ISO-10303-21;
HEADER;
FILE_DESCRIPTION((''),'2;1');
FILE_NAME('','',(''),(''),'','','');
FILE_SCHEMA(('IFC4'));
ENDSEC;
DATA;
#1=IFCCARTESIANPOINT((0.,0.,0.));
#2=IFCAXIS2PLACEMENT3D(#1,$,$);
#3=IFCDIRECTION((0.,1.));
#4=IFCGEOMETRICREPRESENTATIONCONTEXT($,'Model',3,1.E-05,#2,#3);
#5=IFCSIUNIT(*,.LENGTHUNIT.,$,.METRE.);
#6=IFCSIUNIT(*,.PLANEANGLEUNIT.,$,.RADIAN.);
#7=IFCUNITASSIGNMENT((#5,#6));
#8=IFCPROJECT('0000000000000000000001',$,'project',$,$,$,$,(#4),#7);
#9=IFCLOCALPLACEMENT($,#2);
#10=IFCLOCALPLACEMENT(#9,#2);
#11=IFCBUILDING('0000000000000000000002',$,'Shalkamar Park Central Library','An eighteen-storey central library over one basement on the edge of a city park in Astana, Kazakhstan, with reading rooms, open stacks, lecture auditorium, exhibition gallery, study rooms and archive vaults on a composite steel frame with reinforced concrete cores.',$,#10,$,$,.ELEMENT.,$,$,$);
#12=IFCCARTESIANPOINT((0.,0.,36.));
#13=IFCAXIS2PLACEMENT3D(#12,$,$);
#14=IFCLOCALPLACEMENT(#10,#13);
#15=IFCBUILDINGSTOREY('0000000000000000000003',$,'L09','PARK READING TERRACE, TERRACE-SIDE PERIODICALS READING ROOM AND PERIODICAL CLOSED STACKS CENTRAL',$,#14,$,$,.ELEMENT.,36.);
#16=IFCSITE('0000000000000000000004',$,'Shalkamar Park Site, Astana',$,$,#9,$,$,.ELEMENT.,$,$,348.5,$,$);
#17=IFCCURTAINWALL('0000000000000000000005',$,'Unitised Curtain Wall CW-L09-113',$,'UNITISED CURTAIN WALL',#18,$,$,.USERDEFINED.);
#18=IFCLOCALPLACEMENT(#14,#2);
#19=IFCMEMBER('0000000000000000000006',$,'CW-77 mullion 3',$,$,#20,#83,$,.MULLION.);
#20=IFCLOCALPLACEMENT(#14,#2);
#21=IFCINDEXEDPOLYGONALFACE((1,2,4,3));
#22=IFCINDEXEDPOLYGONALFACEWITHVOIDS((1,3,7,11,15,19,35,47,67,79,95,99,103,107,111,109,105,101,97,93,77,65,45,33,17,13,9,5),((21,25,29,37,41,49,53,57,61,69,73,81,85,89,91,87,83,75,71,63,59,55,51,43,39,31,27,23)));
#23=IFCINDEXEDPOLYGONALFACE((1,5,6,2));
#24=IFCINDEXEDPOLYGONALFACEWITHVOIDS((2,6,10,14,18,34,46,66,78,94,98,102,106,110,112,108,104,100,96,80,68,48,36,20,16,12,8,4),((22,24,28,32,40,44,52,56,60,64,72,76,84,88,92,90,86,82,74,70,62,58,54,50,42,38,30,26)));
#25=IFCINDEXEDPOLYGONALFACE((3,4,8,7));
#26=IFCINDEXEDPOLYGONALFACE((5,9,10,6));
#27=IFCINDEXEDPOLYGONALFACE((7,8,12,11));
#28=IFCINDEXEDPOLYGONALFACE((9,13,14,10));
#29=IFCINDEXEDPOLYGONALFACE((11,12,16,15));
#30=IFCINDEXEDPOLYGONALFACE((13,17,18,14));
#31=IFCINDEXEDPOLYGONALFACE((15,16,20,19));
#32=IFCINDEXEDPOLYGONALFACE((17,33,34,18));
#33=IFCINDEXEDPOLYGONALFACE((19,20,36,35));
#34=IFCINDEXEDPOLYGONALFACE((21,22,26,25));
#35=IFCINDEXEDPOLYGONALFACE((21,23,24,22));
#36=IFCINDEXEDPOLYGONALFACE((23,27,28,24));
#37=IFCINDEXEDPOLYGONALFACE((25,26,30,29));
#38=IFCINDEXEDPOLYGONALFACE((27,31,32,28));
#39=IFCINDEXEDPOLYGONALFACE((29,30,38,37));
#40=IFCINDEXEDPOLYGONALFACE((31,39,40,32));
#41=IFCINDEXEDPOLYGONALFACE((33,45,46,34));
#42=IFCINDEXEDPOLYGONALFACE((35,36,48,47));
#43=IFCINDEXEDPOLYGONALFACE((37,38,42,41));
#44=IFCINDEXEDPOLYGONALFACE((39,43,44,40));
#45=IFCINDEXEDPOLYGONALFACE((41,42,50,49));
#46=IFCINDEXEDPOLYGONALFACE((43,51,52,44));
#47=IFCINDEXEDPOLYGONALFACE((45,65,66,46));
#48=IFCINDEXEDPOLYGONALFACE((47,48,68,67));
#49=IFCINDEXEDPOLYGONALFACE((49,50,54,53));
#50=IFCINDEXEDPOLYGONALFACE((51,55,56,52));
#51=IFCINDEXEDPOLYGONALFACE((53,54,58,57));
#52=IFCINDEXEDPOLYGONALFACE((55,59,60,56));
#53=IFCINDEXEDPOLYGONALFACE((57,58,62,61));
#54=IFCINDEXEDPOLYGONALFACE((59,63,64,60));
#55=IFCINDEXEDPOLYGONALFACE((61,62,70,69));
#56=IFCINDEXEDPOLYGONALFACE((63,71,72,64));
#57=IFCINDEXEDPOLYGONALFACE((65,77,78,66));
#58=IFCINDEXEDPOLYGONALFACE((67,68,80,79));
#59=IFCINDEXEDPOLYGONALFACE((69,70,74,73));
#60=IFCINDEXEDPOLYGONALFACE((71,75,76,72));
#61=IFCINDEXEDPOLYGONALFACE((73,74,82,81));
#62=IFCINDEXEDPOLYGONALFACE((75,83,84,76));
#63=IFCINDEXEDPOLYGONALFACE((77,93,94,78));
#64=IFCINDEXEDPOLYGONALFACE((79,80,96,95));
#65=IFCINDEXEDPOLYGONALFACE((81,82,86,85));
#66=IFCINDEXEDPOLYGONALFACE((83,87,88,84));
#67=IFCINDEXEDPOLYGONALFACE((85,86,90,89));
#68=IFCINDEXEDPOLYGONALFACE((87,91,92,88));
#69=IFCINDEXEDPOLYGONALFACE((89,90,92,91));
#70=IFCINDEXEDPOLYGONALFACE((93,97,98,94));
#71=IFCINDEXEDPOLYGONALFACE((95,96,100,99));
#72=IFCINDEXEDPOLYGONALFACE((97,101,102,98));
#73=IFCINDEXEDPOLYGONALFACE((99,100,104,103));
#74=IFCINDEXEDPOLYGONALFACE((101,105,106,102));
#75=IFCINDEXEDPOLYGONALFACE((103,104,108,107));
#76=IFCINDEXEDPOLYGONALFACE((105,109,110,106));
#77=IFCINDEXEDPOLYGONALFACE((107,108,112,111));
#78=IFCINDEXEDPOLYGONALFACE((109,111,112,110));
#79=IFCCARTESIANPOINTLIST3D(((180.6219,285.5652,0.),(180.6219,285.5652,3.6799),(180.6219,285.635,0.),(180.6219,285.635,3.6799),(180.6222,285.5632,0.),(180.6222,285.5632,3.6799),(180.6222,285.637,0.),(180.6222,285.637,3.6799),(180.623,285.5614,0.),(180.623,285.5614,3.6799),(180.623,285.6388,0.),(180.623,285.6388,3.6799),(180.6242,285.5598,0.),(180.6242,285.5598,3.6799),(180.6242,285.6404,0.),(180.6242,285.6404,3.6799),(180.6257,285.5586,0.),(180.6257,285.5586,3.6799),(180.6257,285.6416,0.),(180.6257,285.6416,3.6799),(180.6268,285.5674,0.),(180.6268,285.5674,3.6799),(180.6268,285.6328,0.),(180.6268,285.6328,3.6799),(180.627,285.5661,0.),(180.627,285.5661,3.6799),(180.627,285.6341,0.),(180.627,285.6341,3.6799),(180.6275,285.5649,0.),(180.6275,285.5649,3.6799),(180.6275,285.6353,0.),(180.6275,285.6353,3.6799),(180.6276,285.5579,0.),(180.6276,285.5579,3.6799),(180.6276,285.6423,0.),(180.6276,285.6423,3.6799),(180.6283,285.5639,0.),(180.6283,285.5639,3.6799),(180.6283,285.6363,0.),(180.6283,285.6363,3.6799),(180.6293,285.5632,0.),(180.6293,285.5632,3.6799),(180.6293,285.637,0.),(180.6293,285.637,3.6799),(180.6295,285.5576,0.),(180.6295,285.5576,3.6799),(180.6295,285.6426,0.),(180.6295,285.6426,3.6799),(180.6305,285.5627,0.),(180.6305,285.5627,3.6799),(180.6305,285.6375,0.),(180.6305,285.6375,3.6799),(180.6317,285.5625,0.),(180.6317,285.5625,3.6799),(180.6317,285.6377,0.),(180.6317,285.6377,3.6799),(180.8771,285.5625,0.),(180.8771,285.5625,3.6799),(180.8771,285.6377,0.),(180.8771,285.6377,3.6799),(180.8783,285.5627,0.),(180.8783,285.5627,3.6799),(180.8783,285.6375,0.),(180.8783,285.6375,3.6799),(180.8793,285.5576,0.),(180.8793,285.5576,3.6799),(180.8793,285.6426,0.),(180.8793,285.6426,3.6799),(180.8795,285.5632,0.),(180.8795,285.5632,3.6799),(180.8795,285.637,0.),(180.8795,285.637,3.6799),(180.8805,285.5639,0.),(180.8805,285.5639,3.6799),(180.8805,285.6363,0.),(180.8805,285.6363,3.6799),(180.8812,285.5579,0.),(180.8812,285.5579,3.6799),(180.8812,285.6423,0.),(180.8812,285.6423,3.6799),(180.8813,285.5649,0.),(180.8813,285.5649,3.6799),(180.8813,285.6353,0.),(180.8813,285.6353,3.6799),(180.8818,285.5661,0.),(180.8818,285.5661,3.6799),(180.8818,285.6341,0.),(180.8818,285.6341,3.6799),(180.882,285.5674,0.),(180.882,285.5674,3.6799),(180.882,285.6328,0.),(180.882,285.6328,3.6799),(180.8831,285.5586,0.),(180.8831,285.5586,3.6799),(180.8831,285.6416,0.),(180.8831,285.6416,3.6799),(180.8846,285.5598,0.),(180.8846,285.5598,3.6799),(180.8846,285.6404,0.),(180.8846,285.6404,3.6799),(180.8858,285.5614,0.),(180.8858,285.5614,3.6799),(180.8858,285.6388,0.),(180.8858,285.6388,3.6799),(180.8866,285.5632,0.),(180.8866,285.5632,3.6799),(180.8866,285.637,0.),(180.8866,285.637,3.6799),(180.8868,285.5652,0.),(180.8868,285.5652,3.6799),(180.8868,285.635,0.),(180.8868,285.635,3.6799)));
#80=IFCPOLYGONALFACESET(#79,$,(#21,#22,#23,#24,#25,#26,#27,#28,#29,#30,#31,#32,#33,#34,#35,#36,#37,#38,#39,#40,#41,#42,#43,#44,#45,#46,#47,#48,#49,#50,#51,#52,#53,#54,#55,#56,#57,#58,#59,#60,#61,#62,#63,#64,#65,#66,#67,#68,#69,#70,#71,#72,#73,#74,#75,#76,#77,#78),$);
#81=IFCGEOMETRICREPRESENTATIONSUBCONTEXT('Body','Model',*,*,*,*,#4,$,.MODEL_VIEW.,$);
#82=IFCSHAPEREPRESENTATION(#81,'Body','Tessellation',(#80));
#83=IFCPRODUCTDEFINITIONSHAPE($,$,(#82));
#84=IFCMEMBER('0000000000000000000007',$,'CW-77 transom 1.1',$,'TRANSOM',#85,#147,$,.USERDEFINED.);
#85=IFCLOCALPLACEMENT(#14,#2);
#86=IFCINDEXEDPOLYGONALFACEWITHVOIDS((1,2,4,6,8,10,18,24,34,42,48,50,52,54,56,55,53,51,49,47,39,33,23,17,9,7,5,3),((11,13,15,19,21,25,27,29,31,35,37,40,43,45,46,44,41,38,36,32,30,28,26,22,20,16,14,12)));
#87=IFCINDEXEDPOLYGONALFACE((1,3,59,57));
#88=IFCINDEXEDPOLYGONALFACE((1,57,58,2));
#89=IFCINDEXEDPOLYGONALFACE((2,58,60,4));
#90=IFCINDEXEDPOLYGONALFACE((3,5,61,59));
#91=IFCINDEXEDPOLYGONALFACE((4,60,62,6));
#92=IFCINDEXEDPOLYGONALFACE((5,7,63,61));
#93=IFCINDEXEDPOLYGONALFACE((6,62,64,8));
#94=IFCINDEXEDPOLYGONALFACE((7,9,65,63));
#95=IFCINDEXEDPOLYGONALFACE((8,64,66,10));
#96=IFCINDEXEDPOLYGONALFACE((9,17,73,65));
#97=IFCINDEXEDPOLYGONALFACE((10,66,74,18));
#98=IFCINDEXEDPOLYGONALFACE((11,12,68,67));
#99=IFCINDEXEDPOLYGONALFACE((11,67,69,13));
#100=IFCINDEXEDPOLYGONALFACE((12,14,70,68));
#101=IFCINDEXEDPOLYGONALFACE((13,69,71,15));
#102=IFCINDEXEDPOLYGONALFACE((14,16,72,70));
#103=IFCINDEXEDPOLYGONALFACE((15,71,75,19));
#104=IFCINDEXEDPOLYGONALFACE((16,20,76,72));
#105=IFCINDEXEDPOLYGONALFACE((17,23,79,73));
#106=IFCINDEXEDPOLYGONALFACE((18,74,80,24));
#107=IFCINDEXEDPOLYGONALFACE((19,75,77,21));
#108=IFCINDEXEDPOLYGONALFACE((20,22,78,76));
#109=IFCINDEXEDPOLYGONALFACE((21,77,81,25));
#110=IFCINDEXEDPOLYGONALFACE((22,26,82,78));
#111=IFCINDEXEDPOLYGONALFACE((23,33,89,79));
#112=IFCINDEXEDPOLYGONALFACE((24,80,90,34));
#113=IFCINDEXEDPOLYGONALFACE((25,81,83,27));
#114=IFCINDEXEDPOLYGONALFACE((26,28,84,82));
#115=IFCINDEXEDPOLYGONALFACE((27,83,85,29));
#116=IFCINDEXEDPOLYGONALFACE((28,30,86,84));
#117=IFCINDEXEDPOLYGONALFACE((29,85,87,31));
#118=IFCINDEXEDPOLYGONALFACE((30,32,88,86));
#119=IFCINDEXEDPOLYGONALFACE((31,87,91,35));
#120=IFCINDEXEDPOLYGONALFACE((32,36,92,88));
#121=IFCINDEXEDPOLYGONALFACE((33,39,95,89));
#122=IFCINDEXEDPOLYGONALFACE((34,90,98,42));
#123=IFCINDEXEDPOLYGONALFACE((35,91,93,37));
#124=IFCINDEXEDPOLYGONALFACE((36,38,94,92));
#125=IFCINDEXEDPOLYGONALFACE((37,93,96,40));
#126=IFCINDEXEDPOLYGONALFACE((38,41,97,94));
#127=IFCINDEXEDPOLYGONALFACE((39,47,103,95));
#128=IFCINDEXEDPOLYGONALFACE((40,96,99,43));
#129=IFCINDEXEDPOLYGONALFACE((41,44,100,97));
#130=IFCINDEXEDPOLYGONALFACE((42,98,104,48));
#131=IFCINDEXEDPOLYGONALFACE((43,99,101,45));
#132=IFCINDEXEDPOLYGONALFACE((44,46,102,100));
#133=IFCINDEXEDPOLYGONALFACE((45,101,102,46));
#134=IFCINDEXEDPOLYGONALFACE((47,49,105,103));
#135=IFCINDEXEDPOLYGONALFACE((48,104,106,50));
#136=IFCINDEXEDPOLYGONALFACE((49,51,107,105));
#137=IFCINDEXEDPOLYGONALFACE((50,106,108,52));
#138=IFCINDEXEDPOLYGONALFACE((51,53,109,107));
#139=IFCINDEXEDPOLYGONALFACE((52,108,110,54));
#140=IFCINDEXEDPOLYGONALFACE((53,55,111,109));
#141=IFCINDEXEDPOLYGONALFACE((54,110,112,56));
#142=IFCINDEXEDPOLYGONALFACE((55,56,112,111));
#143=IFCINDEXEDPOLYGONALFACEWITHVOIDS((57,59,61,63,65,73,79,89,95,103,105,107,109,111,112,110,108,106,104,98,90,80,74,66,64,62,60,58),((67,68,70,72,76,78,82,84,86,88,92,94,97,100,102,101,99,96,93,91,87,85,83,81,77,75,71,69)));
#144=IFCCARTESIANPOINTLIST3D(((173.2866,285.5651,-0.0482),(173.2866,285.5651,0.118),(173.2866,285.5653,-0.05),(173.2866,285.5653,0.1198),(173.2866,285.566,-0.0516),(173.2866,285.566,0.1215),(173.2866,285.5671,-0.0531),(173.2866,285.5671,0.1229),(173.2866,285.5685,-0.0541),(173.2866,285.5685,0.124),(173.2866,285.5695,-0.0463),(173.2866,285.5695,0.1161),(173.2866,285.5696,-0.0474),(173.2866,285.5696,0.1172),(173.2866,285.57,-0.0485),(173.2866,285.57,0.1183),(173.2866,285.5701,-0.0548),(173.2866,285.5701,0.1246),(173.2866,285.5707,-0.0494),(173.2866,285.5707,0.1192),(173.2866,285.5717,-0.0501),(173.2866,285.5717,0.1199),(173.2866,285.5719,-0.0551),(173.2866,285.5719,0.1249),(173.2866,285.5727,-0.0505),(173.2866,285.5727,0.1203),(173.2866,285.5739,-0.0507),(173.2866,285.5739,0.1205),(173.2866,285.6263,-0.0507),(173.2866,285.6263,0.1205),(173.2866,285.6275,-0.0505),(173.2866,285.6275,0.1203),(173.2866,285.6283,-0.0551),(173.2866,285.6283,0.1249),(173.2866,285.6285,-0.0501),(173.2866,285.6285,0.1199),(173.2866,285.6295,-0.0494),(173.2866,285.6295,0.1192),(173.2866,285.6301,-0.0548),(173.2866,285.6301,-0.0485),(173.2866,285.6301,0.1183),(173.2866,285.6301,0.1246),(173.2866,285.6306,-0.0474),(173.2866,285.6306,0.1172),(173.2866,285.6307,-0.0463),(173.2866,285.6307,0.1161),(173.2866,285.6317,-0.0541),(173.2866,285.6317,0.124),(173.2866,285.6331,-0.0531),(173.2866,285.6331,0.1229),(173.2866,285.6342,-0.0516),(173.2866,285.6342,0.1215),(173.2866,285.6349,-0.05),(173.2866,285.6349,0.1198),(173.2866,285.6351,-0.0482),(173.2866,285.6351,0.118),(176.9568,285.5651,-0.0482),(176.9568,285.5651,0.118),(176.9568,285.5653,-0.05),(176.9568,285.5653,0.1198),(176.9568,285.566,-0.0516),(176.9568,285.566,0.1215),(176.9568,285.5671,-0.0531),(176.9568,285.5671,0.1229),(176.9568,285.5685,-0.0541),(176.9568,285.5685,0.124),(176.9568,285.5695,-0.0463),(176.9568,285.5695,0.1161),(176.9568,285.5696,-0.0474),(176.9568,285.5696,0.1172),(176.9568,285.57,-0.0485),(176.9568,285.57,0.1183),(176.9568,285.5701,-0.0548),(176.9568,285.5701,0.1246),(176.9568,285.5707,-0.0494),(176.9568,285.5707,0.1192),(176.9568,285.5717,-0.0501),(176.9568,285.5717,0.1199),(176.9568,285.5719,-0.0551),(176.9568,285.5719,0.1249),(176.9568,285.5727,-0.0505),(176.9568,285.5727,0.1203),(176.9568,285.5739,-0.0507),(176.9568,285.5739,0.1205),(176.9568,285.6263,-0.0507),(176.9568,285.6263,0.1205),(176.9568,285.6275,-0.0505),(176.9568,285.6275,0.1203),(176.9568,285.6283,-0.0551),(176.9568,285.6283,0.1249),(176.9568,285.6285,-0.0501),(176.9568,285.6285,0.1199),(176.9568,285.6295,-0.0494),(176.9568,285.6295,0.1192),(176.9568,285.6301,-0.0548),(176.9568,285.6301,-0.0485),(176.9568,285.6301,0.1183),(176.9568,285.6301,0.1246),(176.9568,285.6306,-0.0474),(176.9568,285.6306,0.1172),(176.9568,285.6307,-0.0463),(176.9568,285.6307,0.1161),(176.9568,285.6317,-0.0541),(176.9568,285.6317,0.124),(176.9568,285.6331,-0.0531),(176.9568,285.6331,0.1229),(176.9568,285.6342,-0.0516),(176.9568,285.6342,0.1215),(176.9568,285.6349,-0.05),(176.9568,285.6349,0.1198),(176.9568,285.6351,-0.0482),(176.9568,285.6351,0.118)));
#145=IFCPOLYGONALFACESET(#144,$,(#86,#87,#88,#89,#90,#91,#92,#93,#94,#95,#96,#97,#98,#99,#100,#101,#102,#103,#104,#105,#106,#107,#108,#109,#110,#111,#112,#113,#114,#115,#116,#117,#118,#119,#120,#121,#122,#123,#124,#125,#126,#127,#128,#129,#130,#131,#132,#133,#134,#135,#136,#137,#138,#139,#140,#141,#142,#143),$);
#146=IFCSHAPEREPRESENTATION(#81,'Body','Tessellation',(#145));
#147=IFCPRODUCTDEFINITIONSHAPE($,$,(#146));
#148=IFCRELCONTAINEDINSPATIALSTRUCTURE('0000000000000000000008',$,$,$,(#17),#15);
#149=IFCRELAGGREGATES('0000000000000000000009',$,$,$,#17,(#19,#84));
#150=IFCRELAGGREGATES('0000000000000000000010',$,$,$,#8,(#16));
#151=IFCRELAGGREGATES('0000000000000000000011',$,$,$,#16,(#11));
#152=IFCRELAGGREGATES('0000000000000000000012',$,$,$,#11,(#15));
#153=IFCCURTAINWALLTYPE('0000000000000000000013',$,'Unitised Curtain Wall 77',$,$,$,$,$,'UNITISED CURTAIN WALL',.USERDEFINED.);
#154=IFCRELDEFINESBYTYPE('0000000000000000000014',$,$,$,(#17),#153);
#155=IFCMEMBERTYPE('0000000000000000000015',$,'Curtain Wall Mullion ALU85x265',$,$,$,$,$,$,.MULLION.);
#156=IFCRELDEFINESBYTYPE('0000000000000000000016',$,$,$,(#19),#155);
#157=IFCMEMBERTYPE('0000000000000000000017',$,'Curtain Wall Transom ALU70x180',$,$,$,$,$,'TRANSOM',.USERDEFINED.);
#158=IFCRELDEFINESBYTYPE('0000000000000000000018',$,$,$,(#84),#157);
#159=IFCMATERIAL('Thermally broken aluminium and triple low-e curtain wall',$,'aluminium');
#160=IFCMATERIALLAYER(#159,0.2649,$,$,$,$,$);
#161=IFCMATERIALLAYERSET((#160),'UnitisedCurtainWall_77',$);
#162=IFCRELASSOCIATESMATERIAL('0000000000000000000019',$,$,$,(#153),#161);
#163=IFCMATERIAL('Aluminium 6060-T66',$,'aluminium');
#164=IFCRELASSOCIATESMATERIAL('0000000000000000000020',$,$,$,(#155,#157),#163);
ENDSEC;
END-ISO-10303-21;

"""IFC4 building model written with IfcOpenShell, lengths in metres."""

from ifc_helpers import new_model, si_unit, direction, frame, origin, origin_2d, place, context, subcontext, project, spatial, hollow_rectangle, extrude, material, layer, layer_set, material_profile, profile_set, type_object, element, aggregate, save


model = new_model("IFC4")

# Units and contexts
model_context = context("Model", 3, precision=1e-05, world=origin(), true_north=direction((0.0, 1.0)))
body_context = subcontext(model_context, "Body", "Model", "MODEL_VIEW")
ifc_project = project(units=[si_unit("LENGTHUNIT", "METRE"), si_unit("PLANEANGLEUNIT", "RADIAN")], contexts=[model_context])

# Site, building, storey
site_placement = place(None, origin())
site = spatial("IfcSite", under=ifc_project, at=site_placement, Name="Shalkamar Park Site, Astana", CompositionType="ELEMENT", RefElevation=348.5)
building_placement = place(site_placement, origin())
building = spatial("IfcBuilding", under=site, at=building_placement, Name="Shalkamar Park Central Library", Description="An eighteen-storey central library over one basement on the edge of a city park in Astana, Kazakhstan, with reading rooms, open stacks, lecture auditorium, exhibition gallery, study rooms and archive vaults on a composite steel frame with reinforced concrete cores.", CompositionType="ELEMENT")
storey_placement = place(building_placement, frame((0.0, 0.0, 36.0)))
storey = spatial("IfcBuildingStorey", under=building, at=storey_placement, Name="L09", Description="PARK READING TERRACE, TERRACE-SIDE PERIODICALS READING ROOM AND PERIODICAL CLOSED STACKS CENTRAL", CompositionType="ELEMENT", Elevation=36.0)

# Curtain wall, members
ifc_material_1 = material(Name="Thermally broken aluminium and triple low-e curtain wall", Category="aluminium")
ifc_layer_1 = layer(ifc_material_1, 0.2649)
ifc_layer_set_1 = layer_set([ifc_layer_1], Name="UnitisedCurtainWall_77")
curtain_wall_type = type_object("IfcCurtainWallType", Name="Unitised Curtain Wall 77", ElementType="UNITISED CURTAIN WALL", PredefinedType="USERDEFINED", material=ifc_layer_set_1)
curtain_wall_placement = place(storey_placement, origin())
curtain_wall = element("IfcCurtainWall", 1, at=curtain_wall_placement, inside=storey, type_object=curtain_wall_type, Name="Unitised Curtain Wall CW-L09-113", ObjectType="UNITISED CURTAIN WALL", PredefinedType="USERDEFINED")
ifc_material_2 = material(Name="Aluminium 6060-T66", Category="aluminium")
ifc_material_profile_1 = material_profile(ifc_material_2, hollow_rectangle(XDim=0.085, YDim=0.2649, WallThickness=0.0049, InnerFilletRadius=0.0049, OuterFilletRadius=0.0076, at=origin_2d()), Name="ALU 85x265x5")
ifc_profile_set_1 = profile_set([ifc_material_profile_1], Name="Aluminium 6060-T66")
member_type_1 = type_object("IfcMemberType", Name="Curtain Wall Mullion ALU85x265", PredefinedType="MULLION", material=ifc_profile_set_1)
member_1_placement = place(storey_placement, frame((180.7544, 285.6001, 0.0), z_axis=(0.0, 0.0, 1.0), x_axis=(0.0, 1.0, 0.0)))
member_1 = element("IfcMember", 2, at=member_1_placement, type_object=member_type_1, Name="CW-77 mullion 3", PredefinedType="MULLION", context=body_context, shape_type="SweptSolid", body=[
    extrude(hollow_rectangle(XDim=0.085, YDim=0.2649, WallThickness=0.0049, InnerFilletRadius=0.0049, OuterFilletRadius=0.0076, at=origin_2d()), origin(), (0.0, 0.0, 1.0), 3.6799),
])
ifc_material_profile_2 = material_profile(ifc_material_2, hollow_rectangle(XDim=0.0701, YDim=0.1799, WallThickness=0.0044, InnerFilletRadius=0.0044, OuterFilletRadius=0.0068, at=origin_2d()), Name="ALU 70x180x4.5")
ifc_profile_set_2 = profile_set([ifc_material_profile_2], Name="Aluminium 6060-T66")
member_type_2 = type_object("IfcMemberType", Name="Curtain Wall Transom ALU70x180", ElementType="TRANSOM", PredefinedType="USERDEFINED", material=ifc_profile_set_2)
member_2_placement = place(storey_placement, frame((173.2866, 285.6001, 0.0349), z_axis=(1.0, 0.0, 0.0), x_axis=(0.0, 1.0, 0.0)))
member_2 = element("IfcMember", 3, at=member_2_placement, type_object=member_type_2, Name="CW-77 transom 1.1", ObjectType="TRANSOM", PredefinedType="USERDEFINED", context=body_context, shape_type="SweptSolid", body=[
    extrude(hollow_rectangle(XDim=0.0701, YDim=0.1799, WallThickness=0.0044, InnerFilletRadius=0.0044, OuterFilletRadius=0.0068, at=origin_2d()), origin(), (0.0, 0.0, 1.0), 3.6702),
])

aggregate(curtain_wall, [member_1, member_2])

save(model, "model.ifc")
